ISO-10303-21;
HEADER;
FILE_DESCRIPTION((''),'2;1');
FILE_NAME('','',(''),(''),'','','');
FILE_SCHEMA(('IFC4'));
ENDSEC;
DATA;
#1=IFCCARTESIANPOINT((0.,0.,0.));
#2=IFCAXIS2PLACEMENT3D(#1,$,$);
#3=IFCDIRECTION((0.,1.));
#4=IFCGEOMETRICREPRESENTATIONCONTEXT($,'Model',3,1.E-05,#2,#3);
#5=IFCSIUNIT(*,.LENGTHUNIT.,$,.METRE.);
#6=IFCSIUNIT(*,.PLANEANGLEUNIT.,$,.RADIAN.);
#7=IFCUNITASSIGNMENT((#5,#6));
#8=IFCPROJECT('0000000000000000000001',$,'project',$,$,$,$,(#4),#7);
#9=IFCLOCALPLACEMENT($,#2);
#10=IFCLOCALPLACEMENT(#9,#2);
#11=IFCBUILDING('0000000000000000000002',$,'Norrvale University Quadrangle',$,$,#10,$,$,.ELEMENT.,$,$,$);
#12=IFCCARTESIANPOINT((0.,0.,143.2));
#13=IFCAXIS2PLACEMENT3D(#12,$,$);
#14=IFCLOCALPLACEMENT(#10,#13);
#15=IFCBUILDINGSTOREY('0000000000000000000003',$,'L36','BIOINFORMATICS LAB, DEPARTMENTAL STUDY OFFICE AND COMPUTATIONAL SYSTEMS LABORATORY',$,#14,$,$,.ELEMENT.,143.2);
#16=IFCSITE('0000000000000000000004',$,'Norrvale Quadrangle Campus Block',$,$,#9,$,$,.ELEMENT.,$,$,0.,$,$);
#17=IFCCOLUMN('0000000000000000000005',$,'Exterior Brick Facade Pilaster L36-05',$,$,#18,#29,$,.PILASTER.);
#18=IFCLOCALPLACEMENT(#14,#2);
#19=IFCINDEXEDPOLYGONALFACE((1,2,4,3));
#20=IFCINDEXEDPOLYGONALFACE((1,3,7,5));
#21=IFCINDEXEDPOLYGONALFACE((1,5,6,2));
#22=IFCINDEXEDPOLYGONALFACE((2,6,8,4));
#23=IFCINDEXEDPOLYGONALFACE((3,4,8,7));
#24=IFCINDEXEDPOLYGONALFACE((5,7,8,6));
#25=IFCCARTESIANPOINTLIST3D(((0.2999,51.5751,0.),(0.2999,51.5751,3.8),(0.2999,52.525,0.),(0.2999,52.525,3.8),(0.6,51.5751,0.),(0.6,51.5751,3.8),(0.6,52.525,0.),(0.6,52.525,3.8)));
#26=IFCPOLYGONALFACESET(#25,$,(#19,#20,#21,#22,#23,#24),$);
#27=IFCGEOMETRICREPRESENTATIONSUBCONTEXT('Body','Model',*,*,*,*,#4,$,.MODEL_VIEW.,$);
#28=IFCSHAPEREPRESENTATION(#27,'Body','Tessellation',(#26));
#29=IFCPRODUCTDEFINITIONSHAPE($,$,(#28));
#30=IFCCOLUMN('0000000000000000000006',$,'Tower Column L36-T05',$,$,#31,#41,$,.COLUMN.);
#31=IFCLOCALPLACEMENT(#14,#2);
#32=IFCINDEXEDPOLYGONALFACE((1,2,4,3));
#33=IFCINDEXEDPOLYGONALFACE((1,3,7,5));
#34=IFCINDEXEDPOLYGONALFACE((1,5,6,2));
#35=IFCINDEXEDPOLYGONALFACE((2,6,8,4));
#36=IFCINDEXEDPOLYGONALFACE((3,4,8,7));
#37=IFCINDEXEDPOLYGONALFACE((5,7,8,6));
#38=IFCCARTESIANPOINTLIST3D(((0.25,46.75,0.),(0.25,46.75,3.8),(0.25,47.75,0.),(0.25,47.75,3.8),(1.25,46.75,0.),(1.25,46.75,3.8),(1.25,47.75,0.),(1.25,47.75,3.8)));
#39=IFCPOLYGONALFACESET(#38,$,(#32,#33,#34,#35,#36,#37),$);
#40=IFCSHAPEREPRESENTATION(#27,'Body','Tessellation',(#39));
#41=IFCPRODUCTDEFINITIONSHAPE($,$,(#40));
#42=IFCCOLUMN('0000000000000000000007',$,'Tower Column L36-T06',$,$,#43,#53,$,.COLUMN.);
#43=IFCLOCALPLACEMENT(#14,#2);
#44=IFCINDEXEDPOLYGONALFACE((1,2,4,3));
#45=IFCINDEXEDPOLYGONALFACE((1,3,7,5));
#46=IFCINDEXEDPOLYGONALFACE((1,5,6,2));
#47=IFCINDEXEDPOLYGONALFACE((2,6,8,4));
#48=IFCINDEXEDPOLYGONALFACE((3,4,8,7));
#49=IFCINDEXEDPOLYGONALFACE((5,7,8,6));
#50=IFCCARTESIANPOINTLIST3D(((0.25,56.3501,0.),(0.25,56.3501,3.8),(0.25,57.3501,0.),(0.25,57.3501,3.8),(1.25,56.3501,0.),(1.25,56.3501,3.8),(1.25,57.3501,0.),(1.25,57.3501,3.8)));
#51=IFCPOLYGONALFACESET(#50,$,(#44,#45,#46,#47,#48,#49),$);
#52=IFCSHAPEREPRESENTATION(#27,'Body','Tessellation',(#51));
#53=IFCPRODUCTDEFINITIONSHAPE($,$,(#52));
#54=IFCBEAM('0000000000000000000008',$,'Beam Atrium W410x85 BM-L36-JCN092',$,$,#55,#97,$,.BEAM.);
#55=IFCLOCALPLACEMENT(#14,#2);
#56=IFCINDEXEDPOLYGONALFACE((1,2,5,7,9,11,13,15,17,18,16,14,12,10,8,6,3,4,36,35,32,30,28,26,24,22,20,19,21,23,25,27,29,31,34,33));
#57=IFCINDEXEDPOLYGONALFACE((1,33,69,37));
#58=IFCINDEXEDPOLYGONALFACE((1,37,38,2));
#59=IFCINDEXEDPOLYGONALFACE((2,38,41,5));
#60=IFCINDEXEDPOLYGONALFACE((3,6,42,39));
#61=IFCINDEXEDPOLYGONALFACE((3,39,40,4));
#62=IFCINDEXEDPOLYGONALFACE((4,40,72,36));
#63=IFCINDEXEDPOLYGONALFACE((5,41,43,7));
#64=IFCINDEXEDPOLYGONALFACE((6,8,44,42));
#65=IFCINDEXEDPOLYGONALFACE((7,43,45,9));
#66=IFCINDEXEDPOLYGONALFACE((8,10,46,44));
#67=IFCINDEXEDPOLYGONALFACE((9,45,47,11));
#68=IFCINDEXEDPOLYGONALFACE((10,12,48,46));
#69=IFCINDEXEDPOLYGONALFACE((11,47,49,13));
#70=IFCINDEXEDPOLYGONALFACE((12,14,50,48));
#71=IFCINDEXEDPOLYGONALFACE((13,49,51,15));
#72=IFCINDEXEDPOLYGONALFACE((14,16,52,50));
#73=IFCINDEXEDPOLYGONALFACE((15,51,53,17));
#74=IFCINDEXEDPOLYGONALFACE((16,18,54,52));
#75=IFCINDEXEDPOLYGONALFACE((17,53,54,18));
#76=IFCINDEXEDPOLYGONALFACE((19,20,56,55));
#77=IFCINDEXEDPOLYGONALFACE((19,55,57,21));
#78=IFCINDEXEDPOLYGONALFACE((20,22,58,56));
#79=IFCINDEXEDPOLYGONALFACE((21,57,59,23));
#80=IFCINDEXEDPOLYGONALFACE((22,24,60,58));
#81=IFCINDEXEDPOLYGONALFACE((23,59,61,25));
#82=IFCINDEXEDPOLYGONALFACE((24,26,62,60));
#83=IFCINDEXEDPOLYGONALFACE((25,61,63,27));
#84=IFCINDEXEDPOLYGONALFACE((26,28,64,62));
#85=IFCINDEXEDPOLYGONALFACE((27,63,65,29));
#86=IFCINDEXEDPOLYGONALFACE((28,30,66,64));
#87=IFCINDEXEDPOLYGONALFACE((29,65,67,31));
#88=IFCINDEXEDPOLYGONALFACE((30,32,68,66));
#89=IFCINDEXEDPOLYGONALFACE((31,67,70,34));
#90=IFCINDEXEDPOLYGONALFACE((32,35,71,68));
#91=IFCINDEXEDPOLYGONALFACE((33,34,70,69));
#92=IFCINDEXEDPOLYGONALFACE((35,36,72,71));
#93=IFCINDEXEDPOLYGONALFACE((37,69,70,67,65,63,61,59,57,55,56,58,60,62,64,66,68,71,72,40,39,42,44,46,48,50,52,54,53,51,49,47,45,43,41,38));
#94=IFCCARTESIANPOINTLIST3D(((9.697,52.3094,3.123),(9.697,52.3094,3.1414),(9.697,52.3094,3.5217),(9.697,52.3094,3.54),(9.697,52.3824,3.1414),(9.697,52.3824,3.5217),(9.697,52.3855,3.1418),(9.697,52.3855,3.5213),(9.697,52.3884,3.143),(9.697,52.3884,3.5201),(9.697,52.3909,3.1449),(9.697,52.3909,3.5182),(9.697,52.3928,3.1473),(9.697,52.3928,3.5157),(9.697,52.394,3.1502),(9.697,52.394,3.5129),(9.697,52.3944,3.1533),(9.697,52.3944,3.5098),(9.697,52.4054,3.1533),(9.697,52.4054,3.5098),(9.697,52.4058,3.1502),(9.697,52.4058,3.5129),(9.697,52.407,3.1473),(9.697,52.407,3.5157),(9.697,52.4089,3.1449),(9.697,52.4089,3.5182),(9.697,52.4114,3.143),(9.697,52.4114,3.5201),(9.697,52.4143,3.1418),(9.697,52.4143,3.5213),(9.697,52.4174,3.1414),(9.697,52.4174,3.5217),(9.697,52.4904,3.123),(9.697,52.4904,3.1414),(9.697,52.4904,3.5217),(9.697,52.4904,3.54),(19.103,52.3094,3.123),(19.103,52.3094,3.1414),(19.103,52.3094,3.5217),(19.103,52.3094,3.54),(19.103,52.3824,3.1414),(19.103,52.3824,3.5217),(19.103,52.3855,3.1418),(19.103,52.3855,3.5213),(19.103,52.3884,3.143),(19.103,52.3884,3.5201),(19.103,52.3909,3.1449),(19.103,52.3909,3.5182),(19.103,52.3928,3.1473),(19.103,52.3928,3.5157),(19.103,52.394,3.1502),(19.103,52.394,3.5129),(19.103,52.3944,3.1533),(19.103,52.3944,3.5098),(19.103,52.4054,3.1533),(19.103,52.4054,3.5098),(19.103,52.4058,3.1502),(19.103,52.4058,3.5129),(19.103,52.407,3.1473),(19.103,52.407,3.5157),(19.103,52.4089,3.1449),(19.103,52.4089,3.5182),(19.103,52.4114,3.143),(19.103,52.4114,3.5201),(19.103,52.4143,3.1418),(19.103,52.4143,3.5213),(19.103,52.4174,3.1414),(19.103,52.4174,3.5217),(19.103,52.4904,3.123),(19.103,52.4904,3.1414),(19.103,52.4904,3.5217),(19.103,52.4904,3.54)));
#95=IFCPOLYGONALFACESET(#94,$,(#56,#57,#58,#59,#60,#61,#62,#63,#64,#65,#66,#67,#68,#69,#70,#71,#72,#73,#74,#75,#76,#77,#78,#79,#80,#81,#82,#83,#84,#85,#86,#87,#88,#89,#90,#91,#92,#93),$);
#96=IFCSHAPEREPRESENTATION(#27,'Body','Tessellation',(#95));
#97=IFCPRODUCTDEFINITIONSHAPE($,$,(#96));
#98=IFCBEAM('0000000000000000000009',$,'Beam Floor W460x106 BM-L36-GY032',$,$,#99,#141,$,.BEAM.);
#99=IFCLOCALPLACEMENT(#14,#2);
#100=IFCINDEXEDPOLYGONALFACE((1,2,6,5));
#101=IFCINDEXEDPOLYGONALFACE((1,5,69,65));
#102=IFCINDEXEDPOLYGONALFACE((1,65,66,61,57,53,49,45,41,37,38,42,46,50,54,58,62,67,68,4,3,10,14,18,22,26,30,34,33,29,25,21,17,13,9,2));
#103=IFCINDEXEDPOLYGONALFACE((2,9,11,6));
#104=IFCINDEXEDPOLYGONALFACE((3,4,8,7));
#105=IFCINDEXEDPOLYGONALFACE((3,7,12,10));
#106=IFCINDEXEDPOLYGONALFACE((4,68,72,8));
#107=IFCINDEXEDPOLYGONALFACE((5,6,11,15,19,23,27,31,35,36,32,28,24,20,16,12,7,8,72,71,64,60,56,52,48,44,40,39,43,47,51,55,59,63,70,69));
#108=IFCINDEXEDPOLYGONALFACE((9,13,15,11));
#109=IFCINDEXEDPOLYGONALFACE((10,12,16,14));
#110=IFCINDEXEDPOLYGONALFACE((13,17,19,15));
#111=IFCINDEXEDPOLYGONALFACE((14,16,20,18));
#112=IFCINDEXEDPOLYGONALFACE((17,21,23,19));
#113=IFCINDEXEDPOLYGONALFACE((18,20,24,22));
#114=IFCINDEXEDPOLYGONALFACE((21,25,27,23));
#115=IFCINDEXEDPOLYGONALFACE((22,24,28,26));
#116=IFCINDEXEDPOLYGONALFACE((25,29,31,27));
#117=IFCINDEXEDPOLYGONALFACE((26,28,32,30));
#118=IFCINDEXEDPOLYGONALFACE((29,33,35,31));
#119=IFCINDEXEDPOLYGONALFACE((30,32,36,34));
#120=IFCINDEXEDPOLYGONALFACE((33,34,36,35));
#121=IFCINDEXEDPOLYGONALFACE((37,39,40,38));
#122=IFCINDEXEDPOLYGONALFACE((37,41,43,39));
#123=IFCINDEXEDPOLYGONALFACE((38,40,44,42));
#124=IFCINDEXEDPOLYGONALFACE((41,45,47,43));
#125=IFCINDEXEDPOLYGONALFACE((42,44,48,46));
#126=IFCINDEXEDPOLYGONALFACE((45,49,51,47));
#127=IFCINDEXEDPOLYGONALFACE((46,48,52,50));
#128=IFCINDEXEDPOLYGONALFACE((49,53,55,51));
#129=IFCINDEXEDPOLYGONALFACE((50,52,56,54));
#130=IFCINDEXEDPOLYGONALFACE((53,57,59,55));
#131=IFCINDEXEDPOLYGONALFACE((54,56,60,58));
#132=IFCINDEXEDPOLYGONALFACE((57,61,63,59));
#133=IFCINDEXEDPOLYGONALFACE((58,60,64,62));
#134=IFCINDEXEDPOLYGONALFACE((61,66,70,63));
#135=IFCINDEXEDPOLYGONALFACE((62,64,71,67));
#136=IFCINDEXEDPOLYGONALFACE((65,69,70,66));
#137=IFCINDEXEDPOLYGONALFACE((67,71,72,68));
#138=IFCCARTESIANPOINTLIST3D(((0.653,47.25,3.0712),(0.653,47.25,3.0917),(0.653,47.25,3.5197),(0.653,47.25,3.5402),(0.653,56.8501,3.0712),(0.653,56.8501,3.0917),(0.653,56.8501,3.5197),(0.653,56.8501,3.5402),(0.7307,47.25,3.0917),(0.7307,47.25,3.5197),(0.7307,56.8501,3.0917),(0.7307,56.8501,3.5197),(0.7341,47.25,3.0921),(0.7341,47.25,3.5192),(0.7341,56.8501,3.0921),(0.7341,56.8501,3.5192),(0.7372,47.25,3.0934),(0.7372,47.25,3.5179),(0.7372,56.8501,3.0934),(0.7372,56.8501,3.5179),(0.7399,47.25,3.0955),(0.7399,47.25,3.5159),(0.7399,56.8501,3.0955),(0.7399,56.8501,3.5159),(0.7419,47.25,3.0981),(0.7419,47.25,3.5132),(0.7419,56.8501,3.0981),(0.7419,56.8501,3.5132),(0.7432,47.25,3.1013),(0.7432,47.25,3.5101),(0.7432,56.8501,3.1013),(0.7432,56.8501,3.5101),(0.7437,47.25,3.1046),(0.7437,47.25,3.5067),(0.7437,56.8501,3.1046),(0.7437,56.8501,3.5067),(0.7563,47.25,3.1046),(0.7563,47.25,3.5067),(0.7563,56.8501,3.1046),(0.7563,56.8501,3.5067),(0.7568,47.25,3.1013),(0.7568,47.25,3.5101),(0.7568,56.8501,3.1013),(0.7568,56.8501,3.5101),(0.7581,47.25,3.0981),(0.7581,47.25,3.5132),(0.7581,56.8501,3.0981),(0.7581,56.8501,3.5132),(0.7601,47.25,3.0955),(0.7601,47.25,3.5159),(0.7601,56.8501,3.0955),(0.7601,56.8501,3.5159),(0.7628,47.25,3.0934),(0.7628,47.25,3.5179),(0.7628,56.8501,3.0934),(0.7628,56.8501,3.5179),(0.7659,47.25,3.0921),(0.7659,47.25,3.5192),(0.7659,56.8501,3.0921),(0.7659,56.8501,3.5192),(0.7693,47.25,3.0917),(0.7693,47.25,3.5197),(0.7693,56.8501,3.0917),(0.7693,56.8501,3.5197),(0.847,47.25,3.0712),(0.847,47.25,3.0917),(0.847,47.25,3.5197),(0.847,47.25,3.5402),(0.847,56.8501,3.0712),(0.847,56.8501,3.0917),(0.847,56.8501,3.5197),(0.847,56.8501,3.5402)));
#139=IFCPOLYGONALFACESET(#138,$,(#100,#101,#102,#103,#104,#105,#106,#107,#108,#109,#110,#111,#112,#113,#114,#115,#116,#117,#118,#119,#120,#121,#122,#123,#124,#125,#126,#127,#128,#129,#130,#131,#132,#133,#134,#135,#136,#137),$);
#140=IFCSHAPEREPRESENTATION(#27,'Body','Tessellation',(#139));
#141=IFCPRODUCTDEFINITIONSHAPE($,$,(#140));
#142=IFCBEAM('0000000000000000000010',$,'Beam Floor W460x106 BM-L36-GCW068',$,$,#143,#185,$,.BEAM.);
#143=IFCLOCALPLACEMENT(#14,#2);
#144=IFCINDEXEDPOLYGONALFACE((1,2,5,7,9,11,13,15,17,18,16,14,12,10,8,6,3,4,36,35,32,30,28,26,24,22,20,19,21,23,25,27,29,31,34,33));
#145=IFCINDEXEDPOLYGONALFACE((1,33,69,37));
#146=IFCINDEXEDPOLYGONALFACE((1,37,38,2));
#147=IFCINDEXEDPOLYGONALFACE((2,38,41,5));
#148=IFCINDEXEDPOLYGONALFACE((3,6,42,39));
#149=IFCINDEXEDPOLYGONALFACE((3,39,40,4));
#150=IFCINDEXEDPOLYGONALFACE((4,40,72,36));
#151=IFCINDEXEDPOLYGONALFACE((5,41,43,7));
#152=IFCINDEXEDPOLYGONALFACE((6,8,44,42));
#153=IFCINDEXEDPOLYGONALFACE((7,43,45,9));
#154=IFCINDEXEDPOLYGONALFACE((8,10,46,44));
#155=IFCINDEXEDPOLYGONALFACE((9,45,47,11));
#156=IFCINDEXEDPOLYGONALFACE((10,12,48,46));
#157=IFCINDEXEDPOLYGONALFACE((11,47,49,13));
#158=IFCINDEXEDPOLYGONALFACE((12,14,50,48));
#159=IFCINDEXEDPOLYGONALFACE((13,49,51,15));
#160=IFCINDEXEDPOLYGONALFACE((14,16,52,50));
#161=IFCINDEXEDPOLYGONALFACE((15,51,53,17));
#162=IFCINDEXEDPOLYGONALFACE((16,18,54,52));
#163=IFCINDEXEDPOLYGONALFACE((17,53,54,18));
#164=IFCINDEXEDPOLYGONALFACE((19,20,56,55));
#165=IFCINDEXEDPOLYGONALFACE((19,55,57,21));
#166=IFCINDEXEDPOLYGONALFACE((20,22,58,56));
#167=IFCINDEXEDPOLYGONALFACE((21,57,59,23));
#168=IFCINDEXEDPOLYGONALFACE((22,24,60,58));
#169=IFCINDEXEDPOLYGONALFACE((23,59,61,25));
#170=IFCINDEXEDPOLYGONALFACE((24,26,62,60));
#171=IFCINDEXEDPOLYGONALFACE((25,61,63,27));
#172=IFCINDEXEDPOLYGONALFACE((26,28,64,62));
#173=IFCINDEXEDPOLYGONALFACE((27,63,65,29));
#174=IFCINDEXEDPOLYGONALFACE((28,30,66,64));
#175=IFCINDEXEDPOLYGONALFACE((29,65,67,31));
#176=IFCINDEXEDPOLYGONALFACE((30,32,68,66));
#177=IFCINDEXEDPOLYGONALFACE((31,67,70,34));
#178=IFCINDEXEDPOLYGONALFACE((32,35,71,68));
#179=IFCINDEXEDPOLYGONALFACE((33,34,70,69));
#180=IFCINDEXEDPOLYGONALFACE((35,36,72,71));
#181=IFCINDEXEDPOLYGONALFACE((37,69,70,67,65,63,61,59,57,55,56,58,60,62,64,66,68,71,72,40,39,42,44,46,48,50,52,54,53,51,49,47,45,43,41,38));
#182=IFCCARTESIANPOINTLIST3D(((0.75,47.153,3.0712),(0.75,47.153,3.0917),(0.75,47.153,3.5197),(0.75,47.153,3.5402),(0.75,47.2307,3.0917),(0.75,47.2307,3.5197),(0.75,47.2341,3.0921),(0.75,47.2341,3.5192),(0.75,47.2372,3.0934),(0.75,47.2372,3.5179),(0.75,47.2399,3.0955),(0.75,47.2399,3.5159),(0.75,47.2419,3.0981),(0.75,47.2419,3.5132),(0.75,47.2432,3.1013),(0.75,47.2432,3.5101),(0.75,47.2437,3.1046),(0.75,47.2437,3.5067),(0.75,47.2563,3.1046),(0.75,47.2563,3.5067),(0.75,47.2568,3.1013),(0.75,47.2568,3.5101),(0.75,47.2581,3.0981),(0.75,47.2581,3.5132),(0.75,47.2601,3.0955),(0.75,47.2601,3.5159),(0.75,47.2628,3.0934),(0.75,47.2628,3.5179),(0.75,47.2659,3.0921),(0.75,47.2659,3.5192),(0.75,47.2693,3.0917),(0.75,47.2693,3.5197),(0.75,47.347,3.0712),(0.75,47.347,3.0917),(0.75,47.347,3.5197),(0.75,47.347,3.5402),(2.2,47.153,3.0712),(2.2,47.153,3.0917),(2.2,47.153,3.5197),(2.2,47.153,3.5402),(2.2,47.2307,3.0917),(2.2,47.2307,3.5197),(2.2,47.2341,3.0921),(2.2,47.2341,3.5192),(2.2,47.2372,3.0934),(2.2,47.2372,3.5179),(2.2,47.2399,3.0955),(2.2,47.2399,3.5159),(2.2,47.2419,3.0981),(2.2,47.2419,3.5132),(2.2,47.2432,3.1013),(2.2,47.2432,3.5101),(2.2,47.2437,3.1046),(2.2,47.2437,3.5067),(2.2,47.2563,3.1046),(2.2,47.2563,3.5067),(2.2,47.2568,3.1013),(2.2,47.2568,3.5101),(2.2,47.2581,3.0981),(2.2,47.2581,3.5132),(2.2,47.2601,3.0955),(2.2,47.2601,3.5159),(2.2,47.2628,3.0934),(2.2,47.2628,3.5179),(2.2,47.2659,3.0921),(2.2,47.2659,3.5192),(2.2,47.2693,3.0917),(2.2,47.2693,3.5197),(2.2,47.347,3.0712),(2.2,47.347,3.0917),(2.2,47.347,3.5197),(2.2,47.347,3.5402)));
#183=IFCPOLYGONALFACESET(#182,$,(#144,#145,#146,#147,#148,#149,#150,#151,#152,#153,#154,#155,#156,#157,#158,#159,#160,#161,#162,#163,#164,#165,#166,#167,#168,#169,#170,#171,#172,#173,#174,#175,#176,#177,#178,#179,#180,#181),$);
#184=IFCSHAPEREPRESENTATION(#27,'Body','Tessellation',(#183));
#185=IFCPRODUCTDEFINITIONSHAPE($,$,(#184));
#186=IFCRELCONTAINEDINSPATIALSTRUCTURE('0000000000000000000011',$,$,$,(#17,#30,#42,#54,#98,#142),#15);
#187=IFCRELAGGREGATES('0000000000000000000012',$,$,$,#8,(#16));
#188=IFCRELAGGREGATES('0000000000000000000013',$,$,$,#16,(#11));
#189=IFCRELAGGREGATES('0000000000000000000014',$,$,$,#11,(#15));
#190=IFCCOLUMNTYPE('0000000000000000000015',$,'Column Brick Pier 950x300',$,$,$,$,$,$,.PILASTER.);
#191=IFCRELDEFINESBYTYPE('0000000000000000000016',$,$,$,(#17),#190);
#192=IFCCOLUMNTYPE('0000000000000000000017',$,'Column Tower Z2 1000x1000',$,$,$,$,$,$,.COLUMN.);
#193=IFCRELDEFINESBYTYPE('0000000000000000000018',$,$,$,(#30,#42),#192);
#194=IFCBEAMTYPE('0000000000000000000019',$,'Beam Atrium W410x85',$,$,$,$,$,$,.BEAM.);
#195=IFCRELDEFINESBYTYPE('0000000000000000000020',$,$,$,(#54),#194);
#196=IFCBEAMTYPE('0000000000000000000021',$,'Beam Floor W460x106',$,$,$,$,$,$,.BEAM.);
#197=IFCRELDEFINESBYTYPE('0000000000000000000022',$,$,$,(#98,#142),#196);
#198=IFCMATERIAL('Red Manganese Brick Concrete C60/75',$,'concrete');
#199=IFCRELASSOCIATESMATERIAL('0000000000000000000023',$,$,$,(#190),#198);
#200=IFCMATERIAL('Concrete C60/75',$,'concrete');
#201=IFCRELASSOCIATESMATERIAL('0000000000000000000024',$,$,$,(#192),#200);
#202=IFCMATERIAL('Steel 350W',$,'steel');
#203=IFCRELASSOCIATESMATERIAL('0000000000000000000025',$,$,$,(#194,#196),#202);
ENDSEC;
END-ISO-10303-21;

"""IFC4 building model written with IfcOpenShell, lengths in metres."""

from ifc_helpers import new_model, si_unit, direction, frame, origin, origin_2d, place, context, subcontext, project, spatial, rectangle, i_section, extrude, material, material_profile, profile_set, type_object, element, save


model = new_model("IFC4")

# Units and contexts
model_context = context("Model", 3, precision=1e-05, world=origin(), true_north=direction((0.0, 1.0)))
body_context = subcontext(model_context, "Body", "Model", "MODEL_VIEW")
ifc_project = project(units=[si_unit("LENGTHUNIT", "METRE"), si_unit("PLANEANGLEUNIT", "RADIAN")], contexts=[model_context])

# Site, building, storey
site_placement = place(None, origin())
site = spatial("IfcSite", under=ifc_project, at=site_placement, Name="Norrvale Quadrangle Campus Block", CompositionType="ELEMENT", RefElevation=0.0)
building_placement = place(site_placement, origin())
building = spatial("IfcBuilding", under=site, at=building_placement, Name="Norrvale University Quadrangle", CompositionType="ELEMENT")
storey_placement = place(building_placement, frame((0.0, 0.0, 143.2)))
storey = spatial("IfcBuildingStorey", under=building, at=storey_placement, Name="L36", Description="BIOINFORMATICS LAB, DEPARTMENTAL STUDY OFFICE AND COMPUTATIONAL SYSTEMS LABORATORY", CompositionType="ELEMENT", Elevation=143.2)

# Columns
ifc_material_1 = material(Name="Red Manganese Brick Concrete C60/75", Category="concrete")
ifc_material_profile_1 = material_profile(ifc_material_1, rectangle(XDim=0.95, YDim=0.3, at=origin_2d()), Name="Red Manganese Brick Concrete C60/75")
ifc_profile_set_1 = profile_set([ifc_material_profile_1], Name="Red Manganese Brick Concrete C60/75")
column_type_1 = type_object("IfcColumnType", Name="Column Brick Pier 950x300", PredefinedType="PILASTER", material=ifc_profile_set_1)
column_placement = place(storey_placement, frame((0.45, 52.05, 0.0), z_axis=(0.0, 0.0, 1.0), x_axis=(0.0, 1.0, 0.0)))
element("IfcColumn", 1, at=column_placement, inside=storey, type_object=column_type_1, Name="Exterior Brick Facade Pilaster L36-05", PredefinedType="PILASTER", context=body_context, shape_type="SweptSolid", body=[
    extrude(rectangle(XDim=0.95, YDim=0.3, at=origin_2d()), origin(), (0.0, 0.0, 1.0), 3.8),
])
ifc_material_2 = material(Name="Concrete C60/75", Category="concrete")
ifc_material_profile_2 = material_profile(ifc_material_2, rectangle(XDim=1.0, YDim=1.0, at=origin_2d()), Name="Concrete C60/75")
ifc_profile_set_2 = profile_set([ifc_material_profile_2], Name="Concrete C60/75")
column_type_2 = type_object("IfcColumnType", Name="Column Tower Z2 1000x1000", PredefinedType="COLUMN", material=ifc_profile_set_2)
for number, where, z_axis, x_axis, name in (
    (2, (0.75, 47.25, 0.0), (0.0, 0.0, 1.0), (1.0, 0.0, 0.0), "Tower Column L36-T05"),
    (3, (0.75, 56.8501, 0.0), (0.0, 0.0, 1.0), (1.0, 0.0, 0.0), "Tower Column L36-T06"),
):
    element("IfcColumn", number, at=place(storey_placement, frame(where, z_axis=z_axis, x_axis=x_axis)), inside=storey, type_object=column_type_2, Name=name, PredefinedType="COLUMN", context=body_context, shape_type="SweptSolid", body=[
        extrude(rectangle(XDim=1.0, YDim=1.0, at=origin_2d()), origin(), (0.0, 0.0, 1.0), 3.8),
    ])

# Beams
ifc_material_3 = material(Name="Steel 350W", Category="steel")
ifc_material_profile_3 = material_profile(ifc_material_3, i_section(OverallWidth=0.1809, OverallDepth=0.417, WebThickness=0.011, FlangeThickness=0.0183, FilletRadius=0.012, at=origin_2d()), Name="Steel 350W")
ifc_profile_set_3 = profile_set([ifc_material_profile_3], Name="Steel 350W")
beam_type_1 = type_object("IfcBeamType", Name="Beam Atrium W410x85", PredefinedType="BEAM", material=ifc_profile_set_3)
beam_1_placement = place(storey_placement, frame((9.697, 52.3999, 3.3315), z_axis=(1.0, 0.0, 0.0), x_axis=(0.0, 1.0, 0.0)))
element("IfcBeam", 4, at=beam_1_placement, inside=storey, type_object=beam_type_1, Name="Beam Atrium W410x85 BM-L36-JCN092", PredefinedType="BEAM", context=body_context, shape_type="SweptSolid", body=[
    extrude(i_section(OverallWidth=0.1809, OverallDepth=0.417, WebThickness=0.011, FlangeThickness=0.0183, FilletRadius=0.012, at=origin_2d()), origin(), (0.0, 0.0, 1.0), 9.406),
])
ifc_material_profile_4 = material_profile(ifc_material_3, i_section(OverallWidth=0.1941, OverallDepth=0.469, WebThickness=0.0127, FlangeThickness=0.0205, FilletRadius=0.0129, at=origin_2d()), Name="Steel 350W")
ifc_profile_set_4 = profile_set([ifc_material_profile_4], Name="Steel 350W")
beam_type_2 = type_object("IfcBeamType", Name="Beam Floor W460x106", PredefinedType="BEAM", material=ifc_profile_set_4)
beam_2_placement = place(storey_placement, frame((0.75, 47.25, 3.3057), z_axis=(0.0, 1.0, 0.0), x_axis=(-1.0, 0.0, 0.0)))
element("IfcBeam", 5, at=beam_2_placement, inside=storey, type_object=beam_type_2, Name="Beam Floor W460x106 BM-L36-GY032", PredefinedType="BEAM", context=body_context, shape_type="SweptSolid", body=[
    extrude(i_section(OverallWidth=0.1941, OverallDepth=0.469, WebThickness=0.0127, FlangeThickness=0.0205, FilletRadius=0.0129, at=origin_2d()), origin(), (0.0, 0.0, 1.0), 9.6001),
])
beam_3_placement = place(storey_placement, frame((0.75, 47.25, 3.3057), z_axis=(1.0, 0.0, 0.0), x_axis=(0.0, 1.0, 0.0)))
element("IfcBeam", 6, at=beam_3_placement, inside=storey, type_object=beam_type_2, Name="Beam Floor W460x106 BM-L36-GCW068", PredefinedType="BEAM", context=body_context, shape_type="SweptSolid", body=[
    extrude(i_section(OverallWidth=0.1941, OverallDepth=0.469, WebThickness=0.0127, FlangeThickness=0.0205, FilletRadius=0.0129, at=origin_2d()), origin(), (0.0, 0.0, 1.0), 1.45),
])

save(model, "model.ifc")
